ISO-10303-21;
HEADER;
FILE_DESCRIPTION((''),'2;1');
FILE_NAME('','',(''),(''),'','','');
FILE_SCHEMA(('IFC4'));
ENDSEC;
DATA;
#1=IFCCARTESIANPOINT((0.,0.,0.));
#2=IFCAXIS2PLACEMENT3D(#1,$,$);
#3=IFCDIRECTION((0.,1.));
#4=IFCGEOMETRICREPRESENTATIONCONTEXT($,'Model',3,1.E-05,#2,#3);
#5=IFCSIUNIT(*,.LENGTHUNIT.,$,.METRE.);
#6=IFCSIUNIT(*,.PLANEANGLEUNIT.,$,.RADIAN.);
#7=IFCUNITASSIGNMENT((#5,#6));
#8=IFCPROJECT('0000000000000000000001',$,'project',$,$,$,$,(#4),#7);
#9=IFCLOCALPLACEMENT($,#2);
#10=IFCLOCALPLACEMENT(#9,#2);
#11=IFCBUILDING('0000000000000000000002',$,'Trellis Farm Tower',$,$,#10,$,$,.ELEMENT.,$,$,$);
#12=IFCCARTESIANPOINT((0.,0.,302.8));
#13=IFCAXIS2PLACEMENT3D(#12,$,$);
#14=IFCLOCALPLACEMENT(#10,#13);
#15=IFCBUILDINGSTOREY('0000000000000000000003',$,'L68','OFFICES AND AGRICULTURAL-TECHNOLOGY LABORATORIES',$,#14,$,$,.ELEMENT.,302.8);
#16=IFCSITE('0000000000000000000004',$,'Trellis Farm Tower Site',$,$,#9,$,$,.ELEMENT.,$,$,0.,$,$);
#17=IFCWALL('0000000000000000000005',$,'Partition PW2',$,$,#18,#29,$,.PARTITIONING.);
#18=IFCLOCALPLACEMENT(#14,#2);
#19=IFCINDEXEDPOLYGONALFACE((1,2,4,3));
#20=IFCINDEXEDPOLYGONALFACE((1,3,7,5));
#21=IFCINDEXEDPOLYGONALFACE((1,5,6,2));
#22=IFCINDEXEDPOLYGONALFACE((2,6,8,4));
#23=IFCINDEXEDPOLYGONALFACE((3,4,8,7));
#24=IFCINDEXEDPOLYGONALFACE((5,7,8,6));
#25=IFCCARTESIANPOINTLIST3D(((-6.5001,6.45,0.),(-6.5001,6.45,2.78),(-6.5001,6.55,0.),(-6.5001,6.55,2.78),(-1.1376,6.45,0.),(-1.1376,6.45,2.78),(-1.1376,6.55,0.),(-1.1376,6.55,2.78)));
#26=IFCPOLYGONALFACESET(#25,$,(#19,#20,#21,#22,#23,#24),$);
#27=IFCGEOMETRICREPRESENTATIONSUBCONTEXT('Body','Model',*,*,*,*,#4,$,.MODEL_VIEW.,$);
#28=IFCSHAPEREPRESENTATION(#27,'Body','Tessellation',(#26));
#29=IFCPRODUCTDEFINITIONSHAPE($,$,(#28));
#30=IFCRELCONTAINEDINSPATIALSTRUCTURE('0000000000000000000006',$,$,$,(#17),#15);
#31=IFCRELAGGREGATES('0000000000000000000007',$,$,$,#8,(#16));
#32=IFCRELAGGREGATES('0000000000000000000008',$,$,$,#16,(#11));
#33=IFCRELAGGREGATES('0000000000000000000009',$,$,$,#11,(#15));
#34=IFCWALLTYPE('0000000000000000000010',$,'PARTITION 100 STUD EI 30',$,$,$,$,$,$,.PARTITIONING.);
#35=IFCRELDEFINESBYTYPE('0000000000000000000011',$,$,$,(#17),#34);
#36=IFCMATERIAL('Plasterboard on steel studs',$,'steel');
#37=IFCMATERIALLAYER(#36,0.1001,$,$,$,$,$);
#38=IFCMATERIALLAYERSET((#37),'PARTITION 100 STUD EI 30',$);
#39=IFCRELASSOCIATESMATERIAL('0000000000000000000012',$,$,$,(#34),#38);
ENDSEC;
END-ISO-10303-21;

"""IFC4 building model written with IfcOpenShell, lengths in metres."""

from ifc_helpers import new_model, si_unit, direction, frame, frame_2d, origin, place, context, subcontext, project, spatial, rectangle, extrude, source, transform, mapped, material, layer, layer_set, type_object, element, save


model = new_model("IFC4")

# Units and contexts
model_context = context("Model", 3, precision=1e-05, world=origin(), true_north=direction((0.0, 1.0)))
body_context = subcontext(model_context, "Body", "Model", "MODEL_VIEW")
ifc_project = project(units=[si_unit("LENGTHUNIT", "METRE"), si_unit("PLANEANGLEUNIT", "RADIAN")], contexts=[model_context])

# Site, building, storey
site_placement = place(None, origin())
site = spatial("IfcSite", under=ifc_project, at=site_placement, Name="Trellis Farm Tower Site", CompositionType="ELEMENT", RefElevation=0.0)
building_placement = place(site_placement, origin())
building = spatial("IfcBuilding", under=site, at=building_placement, Name="Trellis Farm Tower", CompositionType="ELEMENT")
storey_placement = place(building_placement, frame((0.0, 0.0, 302.8)))
storey = spatial("IfcBuildingStorey", under=building, at=storey_placement, Name="L68", Description="OFFICES AND AGRICULTURAL-TECHNOLOGY LABORATORIES", CompositionType="ELEMENT", Elevation=302.8)

# Wall
ifc_material_1 = material(Name="Plasterboard on steel studs", Category="steel")
ifc_layer_1 = layer(ifc_material_1, 0.1001)
ifc_layer_set_1 = layer_set([ifc_layer_1], Name="PARTITION 100 STUD EI 30")
wall_type_1 = type_object("IfcWallType", Name="PARTITION 100 STUD EI 30", PredefinedType="PARTITIONING", material=ifc_layer_set_1)
shared_shape_1 = source(origin(), body_context, "Body", "SweptSolid", [
    extrude(rectangle(XDim=5.3625, YDim=0.1001, at=frame_2d((2.6812, 0.0))), origin(), (0.0, 0.0, 1.0), 2.78),
])
wall_1_placement = place(storey_placement, frame((-6.5, 6.5, 0.0), z_axis=(0.0, 0.0, 1.0), x_axis=(1.0, 0.0, 0.0)))
element("IfcWall", 1, at=wall_1_placement, inside=storey, type_object=wall_type_1, Name="Partition PW2", PredefinedType="PARTITIONING", context=body_context, shape_type="MappedRepresentation", body=[
    mapped(shared_shape_1, transform((0.0, 0.0, 0.0))),
])

save(model, "model.ifc")
